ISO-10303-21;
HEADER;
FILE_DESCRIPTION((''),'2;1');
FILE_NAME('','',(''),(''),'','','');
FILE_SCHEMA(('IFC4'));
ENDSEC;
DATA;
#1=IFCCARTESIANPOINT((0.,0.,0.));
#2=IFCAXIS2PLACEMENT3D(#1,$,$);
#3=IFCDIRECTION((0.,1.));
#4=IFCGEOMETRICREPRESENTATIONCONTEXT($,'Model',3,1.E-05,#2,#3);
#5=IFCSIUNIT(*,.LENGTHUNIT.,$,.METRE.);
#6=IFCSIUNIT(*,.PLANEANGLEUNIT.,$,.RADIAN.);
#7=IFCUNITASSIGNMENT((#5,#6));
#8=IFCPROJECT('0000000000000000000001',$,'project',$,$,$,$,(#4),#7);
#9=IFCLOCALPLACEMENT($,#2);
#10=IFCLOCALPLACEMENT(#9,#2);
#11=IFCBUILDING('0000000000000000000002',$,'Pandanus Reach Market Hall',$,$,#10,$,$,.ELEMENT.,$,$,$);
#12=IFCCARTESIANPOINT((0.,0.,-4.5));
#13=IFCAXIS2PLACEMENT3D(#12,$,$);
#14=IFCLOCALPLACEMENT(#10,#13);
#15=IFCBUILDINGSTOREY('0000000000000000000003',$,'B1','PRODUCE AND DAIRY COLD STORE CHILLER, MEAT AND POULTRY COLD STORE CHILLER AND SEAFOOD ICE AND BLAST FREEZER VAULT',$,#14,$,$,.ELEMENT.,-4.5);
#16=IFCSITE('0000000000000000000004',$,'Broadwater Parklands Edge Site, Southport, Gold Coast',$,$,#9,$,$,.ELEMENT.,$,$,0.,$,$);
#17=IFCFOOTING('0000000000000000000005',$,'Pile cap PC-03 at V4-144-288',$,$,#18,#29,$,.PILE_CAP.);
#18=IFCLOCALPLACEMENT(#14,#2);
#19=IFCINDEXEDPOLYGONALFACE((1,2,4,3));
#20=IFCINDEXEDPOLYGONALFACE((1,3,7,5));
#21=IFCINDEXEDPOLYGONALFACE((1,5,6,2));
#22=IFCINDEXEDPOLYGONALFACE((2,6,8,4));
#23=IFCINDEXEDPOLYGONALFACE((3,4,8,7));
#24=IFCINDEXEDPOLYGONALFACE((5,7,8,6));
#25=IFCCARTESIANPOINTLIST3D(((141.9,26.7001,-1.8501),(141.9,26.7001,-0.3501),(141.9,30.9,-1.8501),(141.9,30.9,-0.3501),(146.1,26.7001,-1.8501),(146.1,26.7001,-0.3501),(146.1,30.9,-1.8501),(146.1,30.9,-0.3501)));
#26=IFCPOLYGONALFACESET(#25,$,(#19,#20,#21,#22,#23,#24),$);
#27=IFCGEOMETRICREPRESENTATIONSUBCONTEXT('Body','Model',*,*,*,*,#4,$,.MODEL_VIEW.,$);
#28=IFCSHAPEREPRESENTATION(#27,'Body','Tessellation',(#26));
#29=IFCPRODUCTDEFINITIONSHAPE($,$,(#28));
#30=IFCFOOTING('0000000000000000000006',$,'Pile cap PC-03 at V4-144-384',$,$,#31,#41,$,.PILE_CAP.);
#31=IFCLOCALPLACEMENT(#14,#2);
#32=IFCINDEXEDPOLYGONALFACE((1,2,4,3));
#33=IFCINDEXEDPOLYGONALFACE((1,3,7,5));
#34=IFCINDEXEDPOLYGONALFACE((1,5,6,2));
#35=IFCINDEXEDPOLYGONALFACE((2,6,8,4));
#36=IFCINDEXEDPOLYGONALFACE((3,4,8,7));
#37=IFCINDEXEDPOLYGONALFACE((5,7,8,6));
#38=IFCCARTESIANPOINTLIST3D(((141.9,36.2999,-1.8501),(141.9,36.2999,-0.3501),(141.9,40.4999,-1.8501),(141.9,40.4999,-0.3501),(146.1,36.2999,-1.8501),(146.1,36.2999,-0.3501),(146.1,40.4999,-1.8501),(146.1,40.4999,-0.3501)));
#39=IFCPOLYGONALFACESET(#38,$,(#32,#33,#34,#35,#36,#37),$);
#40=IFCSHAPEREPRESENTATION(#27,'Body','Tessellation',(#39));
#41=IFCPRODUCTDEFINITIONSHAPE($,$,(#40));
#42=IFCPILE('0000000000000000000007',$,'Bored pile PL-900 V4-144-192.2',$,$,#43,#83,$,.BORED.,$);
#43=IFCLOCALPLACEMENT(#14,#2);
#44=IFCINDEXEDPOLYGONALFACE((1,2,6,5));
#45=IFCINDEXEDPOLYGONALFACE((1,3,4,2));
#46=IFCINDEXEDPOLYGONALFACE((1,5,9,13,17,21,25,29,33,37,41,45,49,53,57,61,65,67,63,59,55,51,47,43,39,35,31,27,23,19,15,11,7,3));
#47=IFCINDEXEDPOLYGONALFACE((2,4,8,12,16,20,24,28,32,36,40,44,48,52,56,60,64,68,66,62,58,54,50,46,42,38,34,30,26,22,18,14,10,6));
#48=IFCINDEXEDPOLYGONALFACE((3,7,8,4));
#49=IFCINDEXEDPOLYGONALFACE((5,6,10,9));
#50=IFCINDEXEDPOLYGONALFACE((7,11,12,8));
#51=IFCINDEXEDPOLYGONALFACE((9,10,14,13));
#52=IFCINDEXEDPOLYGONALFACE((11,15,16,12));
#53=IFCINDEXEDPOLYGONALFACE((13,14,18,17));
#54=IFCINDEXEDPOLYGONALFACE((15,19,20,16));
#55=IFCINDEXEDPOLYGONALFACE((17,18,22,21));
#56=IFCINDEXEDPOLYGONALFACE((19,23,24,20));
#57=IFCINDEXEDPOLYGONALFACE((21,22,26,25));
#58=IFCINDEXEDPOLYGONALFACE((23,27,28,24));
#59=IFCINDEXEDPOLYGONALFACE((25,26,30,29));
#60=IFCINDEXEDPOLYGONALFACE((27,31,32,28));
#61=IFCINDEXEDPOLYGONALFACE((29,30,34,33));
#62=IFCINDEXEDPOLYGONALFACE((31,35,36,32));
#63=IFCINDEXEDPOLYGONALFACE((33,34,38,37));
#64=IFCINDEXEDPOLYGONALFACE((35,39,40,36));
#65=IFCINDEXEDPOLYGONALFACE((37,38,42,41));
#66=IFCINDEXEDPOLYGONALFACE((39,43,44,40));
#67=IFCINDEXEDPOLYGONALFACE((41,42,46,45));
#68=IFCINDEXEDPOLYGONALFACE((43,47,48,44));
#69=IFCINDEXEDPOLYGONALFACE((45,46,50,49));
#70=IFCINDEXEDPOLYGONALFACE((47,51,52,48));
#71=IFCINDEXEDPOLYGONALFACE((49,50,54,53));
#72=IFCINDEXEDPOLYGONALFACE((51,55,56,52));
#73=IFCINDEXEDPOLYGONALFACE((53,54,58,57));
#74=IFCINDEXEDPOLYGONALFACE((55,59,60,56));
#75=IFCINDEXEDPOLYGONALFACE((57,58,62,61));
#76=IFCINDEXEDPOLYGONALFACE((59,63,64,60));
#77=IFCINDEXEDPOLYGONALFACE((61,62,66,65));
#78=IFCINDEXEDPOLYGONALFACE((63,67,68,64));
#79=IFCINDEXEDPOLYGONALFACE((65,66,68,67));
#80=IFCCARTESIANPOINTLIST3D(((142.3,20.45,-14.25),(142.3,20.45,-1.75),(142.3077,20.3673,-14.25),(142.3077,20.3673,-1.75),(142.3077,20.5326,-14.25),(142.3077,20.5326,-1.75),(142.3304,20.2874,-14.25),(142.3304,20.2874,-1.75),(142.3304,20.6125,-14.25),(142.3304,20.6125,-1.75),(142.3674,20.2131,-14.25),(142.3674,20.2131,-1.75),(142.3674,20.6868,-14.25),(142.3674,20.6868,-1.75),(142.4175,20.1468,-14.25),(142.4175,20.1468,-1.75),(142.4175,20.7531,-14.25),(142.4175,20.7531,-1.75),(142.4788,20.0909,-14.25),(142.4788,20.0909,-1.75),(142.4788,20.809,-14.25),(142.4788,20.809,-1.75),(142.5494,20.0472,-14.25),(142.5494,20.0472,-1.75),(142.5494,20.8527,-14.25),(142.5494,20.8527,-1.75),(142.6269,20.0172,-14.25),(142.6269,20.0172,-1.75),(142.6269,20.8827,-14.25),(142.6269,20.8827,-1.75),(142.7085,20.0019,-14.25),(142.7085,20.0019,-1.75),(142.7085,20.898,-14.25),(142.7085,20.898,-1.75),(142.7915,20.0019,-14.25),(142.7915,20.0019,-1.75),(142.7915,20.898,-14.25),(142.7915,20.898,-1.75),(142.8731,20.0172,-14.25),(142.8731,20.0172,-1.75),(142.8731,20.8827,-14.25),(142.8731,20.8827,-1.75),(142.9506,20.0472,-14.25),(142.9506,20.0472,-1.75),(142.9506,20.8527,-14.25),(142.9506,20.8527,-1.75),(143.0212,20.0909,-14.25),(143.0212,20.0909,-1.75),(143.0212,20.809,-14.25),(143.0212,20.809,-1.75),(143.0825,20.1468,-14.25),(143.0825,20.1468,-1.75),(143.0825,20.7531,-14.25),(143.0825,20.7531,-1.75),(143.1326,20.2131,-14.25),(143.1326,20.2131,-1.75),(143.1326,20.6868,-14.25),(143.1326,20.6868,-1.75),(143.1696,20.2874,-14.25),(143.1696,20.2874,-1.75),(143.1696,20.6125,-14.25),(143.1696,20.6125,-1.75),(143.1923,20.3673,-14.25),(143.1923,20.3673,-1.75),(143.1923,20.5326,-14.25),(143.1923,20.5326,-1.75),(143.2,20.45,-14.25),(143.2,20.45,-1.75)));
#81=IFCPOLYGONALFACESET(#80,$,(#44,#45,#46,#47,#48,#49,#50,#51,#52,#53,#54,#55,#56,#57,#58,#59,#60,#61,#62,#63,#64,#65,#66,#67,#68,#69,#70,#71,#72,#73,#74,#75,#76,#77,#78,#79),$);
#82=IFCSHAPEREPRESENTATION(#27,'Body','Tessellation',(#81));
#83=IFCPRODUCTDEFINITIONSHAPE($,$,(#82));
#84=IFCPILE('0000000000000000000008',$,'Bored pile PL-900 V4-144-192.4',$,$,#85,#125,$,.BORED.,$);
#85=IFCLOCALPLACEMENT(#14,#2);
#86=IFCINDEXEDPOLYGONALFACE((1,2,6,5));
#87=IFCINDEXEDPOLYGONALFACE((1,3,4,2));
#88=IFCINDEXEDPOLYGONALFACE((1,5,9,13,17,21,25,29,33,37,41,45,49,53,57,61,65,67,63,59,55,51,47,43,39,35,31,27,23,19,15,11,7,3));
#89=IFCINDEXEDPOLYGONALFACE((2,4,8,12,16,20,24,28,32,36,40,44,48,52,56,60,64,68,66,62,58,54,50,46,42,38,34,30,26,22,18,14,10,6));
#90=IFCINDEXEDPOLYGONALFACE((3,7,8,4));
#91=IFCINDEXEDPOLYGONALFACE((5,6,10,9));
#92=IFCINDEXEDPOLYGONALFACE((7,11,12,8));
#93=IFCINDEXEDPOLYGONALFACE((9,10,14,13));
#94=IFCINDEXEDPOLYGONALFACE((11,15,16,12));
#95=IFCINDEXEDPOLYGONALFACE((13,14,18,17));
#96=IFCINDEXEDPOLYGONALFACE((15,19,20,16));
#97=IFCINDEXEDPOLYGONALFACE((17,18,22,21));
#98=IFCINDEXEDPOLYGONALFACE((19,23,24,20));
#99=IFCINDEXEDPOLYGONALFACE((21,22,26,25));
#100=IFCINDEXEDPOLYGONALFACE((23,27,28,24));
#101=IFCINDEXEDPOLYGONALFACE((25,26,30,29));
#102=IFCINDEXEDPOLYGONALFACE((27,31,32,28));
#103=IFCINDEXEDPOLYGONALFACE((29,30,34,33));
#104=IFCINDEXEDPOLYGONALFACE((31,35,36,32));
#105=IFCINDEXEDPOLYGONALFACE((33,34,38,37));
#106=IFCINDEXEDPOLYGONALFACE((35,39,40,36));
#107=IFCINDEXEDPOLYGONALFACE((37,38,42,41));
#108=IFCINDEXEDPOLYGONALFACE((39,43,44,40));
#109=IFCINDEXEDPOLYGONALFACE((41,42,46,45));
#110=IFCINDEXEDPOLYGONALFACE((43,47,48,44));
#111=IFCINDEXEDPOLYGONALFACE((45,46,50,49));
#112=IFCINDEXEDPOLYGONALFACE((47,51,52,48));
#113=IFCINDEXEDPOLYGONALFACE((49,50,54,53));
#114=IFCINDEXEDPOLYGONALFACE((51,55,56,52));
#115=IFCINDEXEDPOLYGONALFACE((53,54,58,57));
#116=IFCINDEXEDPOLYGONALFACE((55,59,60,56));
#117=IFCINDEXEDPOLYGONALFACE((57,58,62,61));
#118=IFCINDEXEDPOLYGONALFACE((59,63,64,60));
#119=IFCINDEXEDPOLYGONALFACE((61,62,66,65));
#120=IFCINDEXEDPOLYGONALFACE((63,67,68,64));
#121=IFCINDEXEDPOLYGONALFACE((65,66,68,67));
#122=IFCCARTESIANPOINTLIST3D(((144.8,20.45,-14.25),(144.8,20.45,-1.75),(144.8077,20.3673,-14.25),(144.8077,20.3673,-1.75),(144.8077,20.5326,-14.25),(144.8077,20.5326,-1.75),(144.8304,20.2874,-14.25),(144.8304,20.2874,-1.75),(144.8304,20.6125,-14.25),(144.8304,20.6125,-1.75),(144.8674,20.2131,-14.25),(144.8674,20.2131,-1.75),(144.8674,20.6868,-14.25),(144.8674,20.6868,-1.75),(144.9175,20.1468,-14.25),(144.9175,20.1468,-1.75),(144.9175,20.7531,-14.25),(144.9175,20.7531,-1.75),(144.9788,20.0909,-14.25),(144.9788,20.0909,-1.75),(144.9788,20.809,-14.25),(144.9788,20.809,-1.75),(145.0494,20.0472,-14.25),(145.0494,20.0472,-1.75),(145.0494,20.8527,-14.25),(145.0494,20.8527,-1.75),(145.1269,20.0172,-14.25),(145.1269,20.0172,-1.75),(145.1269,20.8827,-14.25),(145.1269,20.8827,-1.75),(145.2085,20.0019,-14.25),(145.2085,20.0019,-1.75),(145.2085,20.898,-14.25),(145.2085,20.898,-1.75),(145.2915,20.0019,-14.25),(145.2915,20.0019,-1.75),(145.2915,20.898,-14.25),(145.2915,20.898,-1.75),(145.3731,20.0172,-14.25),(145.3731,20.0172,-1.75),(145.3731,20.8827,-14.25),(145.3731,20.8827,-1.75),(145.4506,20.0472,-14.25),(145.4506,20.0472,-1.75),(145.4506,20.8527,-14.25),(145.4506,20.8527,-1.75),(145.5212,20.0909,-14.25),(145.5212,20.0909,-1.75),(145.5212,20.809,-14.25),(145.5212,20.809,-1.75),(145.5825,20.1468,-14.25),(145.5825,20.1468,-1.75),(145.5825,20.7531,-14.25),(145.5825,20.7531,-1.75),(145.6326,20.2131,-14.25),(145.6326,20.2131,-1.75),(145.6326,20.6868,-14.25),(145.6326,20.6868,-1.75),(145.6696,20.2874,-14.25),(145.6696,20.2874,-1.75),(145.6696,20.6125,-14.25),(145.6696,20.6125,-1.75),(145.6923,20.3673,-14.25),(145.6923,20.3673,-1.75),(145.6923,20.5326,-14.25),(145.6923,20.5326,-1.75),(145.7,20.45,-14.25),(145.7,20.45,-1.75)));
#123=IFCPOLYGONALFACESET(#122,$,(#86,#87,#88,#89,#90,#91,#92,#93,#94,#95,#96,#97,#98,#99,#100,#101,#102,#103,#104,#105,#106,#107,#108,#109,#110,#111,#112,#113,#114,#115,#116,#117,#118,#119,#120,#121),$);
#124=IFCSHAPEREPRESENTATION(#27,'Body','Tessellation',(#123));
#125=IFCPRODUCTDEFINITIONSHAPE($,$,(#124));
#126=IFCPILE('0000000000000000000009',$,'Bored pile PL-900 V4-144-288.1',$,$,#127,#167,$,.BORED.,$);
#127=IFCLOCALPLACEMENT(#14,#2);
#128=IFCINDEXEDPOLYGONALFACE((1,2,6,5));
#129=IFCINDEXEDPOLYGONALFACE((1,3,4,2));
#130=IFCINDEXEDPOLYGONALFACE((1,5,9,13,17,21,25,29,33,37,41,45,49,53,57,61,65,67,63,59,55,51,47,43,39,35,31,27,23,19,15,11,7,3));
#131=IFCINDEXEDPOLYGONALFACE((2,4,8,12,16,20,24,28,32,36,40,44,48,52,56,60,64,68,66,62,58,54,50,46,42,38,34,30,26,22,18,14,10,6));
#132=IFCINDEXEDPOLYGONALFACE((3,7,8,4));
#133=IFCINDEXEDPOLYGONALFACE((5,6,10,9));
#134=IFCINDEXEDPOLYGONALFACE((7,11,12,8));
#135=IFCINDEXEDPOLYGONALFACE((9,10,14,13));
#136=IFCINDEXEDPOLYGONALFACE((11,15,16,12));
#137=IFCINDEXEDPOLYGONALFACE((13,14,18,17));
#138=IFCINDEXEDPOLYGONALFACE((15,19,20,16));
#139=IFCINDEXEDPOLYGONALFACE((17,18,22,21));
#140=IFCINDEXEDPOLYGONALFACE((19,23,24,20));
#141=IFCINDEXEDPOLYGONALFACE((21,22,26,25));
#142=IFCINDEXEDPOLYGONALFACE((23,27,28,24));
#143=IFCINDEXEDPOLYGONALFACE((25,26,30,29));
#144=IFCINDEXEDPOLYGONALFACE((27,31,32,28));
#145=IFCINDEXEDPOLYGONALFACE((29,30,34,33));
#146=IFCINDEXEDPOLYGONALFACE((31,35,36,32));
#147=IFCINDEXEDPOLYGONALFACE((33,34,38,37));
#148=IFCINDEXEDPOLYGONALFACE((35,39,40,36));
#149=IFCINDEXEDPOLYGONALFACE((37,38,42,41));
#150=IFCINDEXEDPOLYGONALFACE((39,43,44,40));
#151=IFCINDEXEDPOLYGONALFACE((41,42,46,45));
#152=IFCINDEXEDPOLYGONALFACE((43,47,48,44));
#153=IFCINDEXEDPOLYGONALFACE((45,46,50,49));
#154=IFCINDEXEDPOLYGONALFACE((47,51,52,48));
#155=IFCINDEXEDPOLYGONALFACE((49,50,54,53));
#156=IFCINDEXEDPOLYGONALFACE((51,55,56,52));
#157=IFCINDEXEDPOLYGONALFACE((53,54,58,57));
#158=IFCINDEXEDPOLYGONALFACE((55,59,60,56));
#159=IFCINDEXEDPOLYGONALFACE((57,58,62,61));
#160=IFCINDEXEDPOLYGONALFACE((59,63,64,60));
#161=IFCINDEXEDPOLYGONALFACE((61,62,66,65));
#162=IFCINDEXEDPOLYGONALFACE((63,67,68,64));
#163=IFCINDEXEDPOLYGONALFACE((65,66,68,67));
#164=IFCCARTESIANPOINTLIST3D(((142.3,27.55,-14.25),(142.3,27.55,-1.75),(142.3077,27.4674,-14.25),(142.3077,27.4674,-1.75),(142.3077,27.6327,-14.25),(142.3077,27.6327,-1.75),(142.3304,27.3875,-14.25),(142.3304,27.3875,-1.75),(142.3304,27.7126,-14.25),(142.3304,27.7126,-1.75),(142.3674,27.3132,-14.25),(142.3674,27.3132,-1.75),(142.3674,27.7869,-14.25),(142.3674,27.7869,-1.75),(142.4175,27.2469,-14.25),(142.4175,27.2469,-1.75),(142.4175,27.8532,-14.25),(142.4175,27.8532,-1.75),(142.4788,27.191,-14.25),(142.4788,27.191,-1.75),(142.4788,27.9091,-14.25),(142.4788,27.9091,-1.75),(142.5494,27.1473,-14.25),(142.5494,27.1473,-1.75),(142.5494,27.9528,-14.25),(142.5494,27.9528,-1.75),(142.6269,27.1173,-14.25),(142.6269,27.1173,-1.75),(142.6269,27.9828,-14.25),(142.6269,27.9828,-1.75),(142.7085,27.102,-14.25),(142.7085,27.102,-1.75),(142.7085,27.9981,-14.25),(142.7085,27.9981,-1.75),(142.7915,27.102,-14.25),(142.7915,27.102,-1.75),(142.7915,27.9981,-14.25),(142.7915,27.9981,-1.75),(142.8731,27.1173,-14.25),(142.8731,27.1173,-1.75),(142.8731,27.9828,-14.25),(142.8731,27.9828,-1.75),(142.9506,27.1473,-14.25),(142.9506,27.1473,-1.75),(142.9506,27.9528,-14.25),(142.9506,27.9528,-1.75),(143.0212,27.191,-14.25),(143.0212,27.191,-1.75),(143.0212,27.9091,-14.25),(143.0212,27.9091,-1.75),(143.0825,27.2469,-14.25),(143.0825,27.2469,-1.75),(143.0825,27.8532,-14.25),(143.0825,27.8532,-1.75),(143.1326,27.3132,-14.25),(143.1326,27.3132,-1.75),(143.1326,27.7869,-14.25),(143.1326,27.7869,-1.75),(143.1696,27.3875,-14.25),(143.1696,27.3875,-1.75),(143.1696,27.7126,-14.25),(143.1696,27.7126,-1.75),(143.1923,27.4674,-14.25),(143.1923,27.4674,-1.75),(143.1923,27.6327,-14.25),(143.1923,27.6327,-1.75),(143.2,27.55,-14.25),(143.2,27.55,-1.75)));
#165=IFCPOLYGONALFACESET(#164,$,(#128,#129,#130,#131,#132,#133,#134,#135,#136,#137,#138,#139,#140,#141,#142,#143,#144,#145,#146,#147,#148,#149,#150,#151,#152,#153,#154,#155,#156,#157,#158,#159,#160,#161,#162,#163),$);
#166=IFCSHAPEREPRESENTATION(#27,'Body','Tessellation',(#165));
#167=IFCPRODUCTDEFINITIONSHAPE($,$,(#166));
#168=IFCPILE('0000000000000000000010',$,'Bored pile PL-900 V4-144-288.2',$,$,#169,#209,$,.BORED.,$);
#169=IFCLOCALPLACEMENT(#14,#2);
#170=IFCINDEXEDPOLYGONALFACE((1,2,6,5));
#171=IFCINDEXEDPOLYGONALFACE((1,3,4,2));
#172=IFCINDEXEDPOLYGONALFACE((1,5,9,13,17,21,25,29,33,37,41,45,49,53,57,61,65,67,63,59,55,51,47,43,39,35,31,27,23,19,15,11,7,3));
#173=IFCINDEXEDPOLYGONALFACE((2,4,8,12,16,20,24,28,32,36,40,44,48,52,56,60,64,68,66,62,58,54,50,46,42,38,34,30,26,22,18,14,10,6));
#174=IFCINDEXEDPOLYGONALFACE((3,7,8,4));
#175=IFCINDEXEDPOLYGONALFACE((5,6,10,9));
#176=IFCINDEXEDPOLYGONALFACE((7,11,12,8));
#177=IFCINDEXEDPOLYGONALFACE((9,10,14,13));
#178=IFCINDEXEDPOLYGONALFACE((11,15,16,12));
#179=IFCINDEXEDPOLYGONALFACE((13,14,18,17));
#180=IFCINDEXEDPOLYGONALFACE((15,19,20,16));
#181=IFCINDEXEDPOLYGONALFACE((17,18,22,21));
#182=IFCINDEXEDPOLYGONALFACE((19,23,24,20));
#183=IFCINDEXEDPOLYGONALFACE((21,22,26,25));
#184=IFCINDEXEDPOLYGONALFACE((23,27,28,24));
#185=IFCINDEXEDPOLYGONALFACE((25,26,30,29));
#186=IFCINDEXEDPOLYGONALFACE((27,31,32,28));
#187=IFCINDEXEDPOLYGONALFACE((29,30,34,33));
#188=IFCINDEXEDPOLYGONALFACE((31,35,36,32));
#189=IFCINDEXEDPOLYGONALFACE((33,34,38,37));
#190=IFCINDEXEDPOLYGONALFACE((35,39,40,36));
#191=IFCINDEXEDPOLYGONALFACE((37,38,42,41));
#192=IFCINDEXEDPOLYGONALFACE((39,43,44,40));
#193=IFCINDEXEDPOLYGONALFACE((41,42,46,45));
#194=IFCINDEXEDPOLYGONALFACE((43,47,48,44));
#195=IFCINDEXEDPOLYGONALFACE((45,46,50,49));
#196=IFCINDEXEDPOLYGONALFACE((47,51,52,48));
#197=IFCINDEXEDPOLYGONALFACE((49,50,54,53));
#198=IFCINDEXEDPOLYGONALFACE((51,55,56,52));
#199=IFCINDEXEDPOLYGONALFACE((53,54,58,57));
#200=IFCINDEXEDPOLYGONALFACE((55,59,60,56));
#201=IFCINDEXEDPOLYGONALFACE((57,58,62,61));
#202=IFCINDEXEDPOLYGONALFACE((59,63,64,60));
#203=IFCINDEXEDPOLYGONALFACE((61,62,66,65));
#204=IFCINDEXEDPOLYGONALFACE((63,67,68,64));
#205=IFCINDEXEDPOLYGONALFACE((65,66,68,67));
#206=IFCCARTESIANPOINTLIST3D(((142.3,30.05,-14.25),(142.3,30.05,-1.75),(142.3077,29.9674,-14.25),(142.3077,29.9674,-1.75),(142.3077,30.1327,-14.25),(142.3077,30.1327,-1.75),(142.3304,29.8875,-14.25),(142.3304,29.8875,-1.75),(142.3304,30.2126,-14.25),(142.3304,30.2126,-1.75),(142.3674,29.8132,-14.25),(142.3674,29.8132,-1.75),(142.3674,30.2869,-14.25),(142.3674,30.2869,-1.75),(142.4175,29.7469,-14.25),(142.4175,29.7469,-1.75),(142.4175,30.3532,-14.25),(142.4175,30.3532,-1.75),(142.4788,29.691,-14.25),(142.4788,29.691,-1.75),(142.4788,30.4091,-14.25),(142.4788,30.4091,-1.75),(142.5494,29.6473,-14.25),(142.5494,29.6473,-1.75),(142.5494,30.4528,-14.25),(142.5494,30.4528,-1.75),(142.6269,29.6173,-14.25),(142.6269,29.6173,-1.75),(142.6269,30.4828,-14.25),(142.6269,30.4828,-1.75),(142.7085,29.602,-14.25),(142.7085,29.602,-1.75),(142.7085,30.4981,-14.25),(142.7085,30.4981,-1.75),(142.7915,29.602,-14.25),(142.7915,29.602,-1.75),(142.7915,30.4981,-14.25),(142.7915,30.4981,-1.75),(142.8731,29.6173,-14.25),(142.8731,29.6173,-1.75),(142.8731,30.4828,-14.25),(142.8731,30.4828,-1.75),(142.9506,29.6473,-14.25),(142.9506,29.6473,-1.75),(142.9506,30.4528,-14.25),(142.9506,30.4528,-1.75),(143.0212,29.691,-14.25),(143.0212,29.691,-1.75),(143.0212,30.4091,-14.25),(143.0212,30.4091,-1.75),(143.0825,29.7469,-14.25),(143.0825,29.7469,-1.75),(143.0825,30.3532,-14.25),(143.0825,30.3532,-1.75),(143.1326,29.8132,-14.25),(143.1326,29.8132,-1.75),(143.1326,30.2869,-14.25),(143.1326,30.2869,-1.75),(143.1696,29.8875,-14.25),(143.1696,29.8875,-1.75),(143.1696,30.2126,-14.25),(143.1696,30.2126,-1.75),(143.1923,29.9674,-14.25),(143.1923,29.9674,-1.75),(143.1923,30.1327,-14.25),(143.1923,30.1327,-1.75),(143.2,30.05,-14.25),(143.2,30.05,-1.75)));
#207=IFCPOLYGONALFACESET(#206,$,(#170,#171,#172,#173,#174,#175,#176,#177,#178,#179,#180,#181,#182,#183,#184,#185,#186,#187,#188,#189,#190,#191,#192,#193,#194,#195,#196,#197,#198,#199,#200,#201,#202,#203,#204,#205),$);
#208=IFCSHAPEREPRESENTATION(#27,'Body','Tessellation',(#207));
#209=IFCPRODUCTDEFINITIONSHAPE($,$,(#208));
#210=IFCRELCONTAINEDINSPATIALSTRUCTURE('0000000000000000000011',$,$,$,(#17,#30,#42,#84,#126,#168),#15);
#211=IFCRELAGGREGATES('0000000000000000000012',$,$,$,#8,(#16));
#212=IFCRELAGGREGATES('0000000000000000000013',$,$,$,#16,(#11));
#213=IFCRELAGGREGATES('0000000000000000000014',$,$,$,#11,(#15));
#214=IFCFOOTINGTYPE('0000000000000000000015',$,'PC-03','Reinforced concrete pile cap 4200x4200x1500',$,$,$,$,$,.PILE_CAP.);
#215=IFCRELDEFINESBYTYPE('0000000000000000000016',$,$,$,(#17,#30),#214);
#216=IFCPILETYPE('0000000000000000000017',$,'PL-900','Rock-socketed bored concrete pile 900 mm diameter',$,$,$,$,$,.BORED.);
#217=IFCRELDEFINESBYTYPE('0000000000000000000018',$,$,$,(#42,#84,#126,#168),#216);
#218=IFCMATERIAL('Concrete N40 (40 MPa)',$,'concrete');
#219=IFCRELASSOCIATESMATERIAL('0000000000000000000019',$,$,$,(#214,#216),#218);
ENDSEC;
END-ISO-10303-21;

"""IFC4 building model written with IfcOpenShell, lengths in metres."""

from ifc_helpers import new_model, si_unit, direction, frame, origin, origin_2d, place, context, subcontext, project, spatial, rectangle, circle, extrude, material, material_profile, profile_set, type_object, element, save


model = new_model("IFC4")

# Units and contexts
model_context = context("Model", 3, precision=1e-05, world=origin(), true_north=direction((0.0, 1.0)))
body_context = subcontext(model_context, "Body", "Model", "MODEL_VIEW")
ifc_project = project(units=[si_unit("LENGTHUNIT", "METRE"), si_unit("PLANEANGLEUNIT", "RADIAN")], contexts=[model_context])

# Site, building, storey
site_placement = place(None, origin())
site = spatial("IfcSite", under=ifc_project, at=site_placement, Name="Broadwater Parklands Edge Site, Southport, Gold Coast", CompositionType="ELEMENT", RefElevation=0.0)
building_placement = place(site_placement, origin())
building = spatial("IfcBuilding", under=site, at=building_placement, Name="Pandanus Reach Market Hall", CompositionType="ELEMENT")
storey_placement = place(building_placement, frame((0.0, 0.0, -4.5)))
storey = spatial("IfcBuildingStorey", under=building, at=storey_placement, Name="B1", Description="PRODUCE AND DAIRY COLD STORE CHILLER, MEAT AND POULTRY COLD STORE CHILLER AND SEAFOOD ICE AND BLAST FREEZER VAULT", CompositionType="ELEMENT", Elevation=-4.5)

# Footings
ifc_material_1 = material(Name="Concrete N40 (40 MPa)", Category="concrete")
footing_type = type_object("IfcFootingType", Name="PC-03", Description="Reinforced concrete pile cap 4200x4200x1500", PredefinedType="PILE_CAP", material=ifc_material_1)
for number, where, z_axis, x_axis, name in (
    (1, (144.0, 28.8, -1.8501), (0.0, 0.0, 1.0), (1.0, 0.0, 0.0), "Pile cap PC-03 at V4-144-288"),
    (2, (144.0, 38.3999, -1.8501), (0.0, 0.0, 1.0), (1.0, 0.0, 0.0), "Pile cap PC-03 at V4-144-384"),
):
    element("IfcFooting", number, at=place(storey_placement, frame(where, z_axis=z_axis, x_axis=x_axis)), inside=storey, type_object=footing_type, Name=name, PredefinedType="PILE_CAP", context=body_context, shape_type="SweptSolid", body=[
        extrude(rectangle(XDim=4.2, YDim=4.2, at=origin_2d()), origin(), (0.0, 0.0, 1.0), 1.5),
    ])

# Piles
ifc_material_profile_1 = material_profile(ifc_material_1, circle(Radius=0.45, at=origin_2d()), Name="PILE-900D", Category="LoadBearing")
ifc_profile_set_1 = profile_set([ifc_material_profile_1], Name="Concrete N40 (40 MPa)")
pile_type = type_object("IfcPileType", Name="PL-900", Description="Rock-socketed bored concrete pile 900 mm diameter", PredefinedType="BORED", material=ifc_profile_set_1)
for number, where, z_axis, x_axis, name in (
    (3, (142.75, 20.45, -1.75), (0.0, 0.0, -1.0), (1.0, 0.0, 0.0), "Bored pile PL-900 V4-144-192.2"),
    (4, (145.25, 20.45, -1.75), (0.0, 0.0, -1.0), (1.0, 0.0, 0.0), "Bored pile PL-900 V4-144-192.4"),
    (5, (142.75, 27.55, -1.75), (0.0, 0.0, -1.0), (1.0, 0.0, 0.0), "Bored pile PL-900 V4-144-288.1"),
    (6, (142.75, 30.05, -1.75), (0.0, 0.0, -1.0), (1.0, 0.0, 0.0), "Bored pile PL-900 V4-144-288.2"),
):
    element("IfcPile", number, at=place(storey_placement, frame(where, z_axis=z_axis, x_axis=x_axis)), inside=storey, type_object=pile_type, Name=name, PredefinedType="BORED", context=body_context, shape_type="SweptSolid", body=[
        extrude(circle(Radius=0.45, at=origin_2d()), origin(), (0.0, 0.0, 1.0), 12.5),
    ])

save(model, "model.ifc")
